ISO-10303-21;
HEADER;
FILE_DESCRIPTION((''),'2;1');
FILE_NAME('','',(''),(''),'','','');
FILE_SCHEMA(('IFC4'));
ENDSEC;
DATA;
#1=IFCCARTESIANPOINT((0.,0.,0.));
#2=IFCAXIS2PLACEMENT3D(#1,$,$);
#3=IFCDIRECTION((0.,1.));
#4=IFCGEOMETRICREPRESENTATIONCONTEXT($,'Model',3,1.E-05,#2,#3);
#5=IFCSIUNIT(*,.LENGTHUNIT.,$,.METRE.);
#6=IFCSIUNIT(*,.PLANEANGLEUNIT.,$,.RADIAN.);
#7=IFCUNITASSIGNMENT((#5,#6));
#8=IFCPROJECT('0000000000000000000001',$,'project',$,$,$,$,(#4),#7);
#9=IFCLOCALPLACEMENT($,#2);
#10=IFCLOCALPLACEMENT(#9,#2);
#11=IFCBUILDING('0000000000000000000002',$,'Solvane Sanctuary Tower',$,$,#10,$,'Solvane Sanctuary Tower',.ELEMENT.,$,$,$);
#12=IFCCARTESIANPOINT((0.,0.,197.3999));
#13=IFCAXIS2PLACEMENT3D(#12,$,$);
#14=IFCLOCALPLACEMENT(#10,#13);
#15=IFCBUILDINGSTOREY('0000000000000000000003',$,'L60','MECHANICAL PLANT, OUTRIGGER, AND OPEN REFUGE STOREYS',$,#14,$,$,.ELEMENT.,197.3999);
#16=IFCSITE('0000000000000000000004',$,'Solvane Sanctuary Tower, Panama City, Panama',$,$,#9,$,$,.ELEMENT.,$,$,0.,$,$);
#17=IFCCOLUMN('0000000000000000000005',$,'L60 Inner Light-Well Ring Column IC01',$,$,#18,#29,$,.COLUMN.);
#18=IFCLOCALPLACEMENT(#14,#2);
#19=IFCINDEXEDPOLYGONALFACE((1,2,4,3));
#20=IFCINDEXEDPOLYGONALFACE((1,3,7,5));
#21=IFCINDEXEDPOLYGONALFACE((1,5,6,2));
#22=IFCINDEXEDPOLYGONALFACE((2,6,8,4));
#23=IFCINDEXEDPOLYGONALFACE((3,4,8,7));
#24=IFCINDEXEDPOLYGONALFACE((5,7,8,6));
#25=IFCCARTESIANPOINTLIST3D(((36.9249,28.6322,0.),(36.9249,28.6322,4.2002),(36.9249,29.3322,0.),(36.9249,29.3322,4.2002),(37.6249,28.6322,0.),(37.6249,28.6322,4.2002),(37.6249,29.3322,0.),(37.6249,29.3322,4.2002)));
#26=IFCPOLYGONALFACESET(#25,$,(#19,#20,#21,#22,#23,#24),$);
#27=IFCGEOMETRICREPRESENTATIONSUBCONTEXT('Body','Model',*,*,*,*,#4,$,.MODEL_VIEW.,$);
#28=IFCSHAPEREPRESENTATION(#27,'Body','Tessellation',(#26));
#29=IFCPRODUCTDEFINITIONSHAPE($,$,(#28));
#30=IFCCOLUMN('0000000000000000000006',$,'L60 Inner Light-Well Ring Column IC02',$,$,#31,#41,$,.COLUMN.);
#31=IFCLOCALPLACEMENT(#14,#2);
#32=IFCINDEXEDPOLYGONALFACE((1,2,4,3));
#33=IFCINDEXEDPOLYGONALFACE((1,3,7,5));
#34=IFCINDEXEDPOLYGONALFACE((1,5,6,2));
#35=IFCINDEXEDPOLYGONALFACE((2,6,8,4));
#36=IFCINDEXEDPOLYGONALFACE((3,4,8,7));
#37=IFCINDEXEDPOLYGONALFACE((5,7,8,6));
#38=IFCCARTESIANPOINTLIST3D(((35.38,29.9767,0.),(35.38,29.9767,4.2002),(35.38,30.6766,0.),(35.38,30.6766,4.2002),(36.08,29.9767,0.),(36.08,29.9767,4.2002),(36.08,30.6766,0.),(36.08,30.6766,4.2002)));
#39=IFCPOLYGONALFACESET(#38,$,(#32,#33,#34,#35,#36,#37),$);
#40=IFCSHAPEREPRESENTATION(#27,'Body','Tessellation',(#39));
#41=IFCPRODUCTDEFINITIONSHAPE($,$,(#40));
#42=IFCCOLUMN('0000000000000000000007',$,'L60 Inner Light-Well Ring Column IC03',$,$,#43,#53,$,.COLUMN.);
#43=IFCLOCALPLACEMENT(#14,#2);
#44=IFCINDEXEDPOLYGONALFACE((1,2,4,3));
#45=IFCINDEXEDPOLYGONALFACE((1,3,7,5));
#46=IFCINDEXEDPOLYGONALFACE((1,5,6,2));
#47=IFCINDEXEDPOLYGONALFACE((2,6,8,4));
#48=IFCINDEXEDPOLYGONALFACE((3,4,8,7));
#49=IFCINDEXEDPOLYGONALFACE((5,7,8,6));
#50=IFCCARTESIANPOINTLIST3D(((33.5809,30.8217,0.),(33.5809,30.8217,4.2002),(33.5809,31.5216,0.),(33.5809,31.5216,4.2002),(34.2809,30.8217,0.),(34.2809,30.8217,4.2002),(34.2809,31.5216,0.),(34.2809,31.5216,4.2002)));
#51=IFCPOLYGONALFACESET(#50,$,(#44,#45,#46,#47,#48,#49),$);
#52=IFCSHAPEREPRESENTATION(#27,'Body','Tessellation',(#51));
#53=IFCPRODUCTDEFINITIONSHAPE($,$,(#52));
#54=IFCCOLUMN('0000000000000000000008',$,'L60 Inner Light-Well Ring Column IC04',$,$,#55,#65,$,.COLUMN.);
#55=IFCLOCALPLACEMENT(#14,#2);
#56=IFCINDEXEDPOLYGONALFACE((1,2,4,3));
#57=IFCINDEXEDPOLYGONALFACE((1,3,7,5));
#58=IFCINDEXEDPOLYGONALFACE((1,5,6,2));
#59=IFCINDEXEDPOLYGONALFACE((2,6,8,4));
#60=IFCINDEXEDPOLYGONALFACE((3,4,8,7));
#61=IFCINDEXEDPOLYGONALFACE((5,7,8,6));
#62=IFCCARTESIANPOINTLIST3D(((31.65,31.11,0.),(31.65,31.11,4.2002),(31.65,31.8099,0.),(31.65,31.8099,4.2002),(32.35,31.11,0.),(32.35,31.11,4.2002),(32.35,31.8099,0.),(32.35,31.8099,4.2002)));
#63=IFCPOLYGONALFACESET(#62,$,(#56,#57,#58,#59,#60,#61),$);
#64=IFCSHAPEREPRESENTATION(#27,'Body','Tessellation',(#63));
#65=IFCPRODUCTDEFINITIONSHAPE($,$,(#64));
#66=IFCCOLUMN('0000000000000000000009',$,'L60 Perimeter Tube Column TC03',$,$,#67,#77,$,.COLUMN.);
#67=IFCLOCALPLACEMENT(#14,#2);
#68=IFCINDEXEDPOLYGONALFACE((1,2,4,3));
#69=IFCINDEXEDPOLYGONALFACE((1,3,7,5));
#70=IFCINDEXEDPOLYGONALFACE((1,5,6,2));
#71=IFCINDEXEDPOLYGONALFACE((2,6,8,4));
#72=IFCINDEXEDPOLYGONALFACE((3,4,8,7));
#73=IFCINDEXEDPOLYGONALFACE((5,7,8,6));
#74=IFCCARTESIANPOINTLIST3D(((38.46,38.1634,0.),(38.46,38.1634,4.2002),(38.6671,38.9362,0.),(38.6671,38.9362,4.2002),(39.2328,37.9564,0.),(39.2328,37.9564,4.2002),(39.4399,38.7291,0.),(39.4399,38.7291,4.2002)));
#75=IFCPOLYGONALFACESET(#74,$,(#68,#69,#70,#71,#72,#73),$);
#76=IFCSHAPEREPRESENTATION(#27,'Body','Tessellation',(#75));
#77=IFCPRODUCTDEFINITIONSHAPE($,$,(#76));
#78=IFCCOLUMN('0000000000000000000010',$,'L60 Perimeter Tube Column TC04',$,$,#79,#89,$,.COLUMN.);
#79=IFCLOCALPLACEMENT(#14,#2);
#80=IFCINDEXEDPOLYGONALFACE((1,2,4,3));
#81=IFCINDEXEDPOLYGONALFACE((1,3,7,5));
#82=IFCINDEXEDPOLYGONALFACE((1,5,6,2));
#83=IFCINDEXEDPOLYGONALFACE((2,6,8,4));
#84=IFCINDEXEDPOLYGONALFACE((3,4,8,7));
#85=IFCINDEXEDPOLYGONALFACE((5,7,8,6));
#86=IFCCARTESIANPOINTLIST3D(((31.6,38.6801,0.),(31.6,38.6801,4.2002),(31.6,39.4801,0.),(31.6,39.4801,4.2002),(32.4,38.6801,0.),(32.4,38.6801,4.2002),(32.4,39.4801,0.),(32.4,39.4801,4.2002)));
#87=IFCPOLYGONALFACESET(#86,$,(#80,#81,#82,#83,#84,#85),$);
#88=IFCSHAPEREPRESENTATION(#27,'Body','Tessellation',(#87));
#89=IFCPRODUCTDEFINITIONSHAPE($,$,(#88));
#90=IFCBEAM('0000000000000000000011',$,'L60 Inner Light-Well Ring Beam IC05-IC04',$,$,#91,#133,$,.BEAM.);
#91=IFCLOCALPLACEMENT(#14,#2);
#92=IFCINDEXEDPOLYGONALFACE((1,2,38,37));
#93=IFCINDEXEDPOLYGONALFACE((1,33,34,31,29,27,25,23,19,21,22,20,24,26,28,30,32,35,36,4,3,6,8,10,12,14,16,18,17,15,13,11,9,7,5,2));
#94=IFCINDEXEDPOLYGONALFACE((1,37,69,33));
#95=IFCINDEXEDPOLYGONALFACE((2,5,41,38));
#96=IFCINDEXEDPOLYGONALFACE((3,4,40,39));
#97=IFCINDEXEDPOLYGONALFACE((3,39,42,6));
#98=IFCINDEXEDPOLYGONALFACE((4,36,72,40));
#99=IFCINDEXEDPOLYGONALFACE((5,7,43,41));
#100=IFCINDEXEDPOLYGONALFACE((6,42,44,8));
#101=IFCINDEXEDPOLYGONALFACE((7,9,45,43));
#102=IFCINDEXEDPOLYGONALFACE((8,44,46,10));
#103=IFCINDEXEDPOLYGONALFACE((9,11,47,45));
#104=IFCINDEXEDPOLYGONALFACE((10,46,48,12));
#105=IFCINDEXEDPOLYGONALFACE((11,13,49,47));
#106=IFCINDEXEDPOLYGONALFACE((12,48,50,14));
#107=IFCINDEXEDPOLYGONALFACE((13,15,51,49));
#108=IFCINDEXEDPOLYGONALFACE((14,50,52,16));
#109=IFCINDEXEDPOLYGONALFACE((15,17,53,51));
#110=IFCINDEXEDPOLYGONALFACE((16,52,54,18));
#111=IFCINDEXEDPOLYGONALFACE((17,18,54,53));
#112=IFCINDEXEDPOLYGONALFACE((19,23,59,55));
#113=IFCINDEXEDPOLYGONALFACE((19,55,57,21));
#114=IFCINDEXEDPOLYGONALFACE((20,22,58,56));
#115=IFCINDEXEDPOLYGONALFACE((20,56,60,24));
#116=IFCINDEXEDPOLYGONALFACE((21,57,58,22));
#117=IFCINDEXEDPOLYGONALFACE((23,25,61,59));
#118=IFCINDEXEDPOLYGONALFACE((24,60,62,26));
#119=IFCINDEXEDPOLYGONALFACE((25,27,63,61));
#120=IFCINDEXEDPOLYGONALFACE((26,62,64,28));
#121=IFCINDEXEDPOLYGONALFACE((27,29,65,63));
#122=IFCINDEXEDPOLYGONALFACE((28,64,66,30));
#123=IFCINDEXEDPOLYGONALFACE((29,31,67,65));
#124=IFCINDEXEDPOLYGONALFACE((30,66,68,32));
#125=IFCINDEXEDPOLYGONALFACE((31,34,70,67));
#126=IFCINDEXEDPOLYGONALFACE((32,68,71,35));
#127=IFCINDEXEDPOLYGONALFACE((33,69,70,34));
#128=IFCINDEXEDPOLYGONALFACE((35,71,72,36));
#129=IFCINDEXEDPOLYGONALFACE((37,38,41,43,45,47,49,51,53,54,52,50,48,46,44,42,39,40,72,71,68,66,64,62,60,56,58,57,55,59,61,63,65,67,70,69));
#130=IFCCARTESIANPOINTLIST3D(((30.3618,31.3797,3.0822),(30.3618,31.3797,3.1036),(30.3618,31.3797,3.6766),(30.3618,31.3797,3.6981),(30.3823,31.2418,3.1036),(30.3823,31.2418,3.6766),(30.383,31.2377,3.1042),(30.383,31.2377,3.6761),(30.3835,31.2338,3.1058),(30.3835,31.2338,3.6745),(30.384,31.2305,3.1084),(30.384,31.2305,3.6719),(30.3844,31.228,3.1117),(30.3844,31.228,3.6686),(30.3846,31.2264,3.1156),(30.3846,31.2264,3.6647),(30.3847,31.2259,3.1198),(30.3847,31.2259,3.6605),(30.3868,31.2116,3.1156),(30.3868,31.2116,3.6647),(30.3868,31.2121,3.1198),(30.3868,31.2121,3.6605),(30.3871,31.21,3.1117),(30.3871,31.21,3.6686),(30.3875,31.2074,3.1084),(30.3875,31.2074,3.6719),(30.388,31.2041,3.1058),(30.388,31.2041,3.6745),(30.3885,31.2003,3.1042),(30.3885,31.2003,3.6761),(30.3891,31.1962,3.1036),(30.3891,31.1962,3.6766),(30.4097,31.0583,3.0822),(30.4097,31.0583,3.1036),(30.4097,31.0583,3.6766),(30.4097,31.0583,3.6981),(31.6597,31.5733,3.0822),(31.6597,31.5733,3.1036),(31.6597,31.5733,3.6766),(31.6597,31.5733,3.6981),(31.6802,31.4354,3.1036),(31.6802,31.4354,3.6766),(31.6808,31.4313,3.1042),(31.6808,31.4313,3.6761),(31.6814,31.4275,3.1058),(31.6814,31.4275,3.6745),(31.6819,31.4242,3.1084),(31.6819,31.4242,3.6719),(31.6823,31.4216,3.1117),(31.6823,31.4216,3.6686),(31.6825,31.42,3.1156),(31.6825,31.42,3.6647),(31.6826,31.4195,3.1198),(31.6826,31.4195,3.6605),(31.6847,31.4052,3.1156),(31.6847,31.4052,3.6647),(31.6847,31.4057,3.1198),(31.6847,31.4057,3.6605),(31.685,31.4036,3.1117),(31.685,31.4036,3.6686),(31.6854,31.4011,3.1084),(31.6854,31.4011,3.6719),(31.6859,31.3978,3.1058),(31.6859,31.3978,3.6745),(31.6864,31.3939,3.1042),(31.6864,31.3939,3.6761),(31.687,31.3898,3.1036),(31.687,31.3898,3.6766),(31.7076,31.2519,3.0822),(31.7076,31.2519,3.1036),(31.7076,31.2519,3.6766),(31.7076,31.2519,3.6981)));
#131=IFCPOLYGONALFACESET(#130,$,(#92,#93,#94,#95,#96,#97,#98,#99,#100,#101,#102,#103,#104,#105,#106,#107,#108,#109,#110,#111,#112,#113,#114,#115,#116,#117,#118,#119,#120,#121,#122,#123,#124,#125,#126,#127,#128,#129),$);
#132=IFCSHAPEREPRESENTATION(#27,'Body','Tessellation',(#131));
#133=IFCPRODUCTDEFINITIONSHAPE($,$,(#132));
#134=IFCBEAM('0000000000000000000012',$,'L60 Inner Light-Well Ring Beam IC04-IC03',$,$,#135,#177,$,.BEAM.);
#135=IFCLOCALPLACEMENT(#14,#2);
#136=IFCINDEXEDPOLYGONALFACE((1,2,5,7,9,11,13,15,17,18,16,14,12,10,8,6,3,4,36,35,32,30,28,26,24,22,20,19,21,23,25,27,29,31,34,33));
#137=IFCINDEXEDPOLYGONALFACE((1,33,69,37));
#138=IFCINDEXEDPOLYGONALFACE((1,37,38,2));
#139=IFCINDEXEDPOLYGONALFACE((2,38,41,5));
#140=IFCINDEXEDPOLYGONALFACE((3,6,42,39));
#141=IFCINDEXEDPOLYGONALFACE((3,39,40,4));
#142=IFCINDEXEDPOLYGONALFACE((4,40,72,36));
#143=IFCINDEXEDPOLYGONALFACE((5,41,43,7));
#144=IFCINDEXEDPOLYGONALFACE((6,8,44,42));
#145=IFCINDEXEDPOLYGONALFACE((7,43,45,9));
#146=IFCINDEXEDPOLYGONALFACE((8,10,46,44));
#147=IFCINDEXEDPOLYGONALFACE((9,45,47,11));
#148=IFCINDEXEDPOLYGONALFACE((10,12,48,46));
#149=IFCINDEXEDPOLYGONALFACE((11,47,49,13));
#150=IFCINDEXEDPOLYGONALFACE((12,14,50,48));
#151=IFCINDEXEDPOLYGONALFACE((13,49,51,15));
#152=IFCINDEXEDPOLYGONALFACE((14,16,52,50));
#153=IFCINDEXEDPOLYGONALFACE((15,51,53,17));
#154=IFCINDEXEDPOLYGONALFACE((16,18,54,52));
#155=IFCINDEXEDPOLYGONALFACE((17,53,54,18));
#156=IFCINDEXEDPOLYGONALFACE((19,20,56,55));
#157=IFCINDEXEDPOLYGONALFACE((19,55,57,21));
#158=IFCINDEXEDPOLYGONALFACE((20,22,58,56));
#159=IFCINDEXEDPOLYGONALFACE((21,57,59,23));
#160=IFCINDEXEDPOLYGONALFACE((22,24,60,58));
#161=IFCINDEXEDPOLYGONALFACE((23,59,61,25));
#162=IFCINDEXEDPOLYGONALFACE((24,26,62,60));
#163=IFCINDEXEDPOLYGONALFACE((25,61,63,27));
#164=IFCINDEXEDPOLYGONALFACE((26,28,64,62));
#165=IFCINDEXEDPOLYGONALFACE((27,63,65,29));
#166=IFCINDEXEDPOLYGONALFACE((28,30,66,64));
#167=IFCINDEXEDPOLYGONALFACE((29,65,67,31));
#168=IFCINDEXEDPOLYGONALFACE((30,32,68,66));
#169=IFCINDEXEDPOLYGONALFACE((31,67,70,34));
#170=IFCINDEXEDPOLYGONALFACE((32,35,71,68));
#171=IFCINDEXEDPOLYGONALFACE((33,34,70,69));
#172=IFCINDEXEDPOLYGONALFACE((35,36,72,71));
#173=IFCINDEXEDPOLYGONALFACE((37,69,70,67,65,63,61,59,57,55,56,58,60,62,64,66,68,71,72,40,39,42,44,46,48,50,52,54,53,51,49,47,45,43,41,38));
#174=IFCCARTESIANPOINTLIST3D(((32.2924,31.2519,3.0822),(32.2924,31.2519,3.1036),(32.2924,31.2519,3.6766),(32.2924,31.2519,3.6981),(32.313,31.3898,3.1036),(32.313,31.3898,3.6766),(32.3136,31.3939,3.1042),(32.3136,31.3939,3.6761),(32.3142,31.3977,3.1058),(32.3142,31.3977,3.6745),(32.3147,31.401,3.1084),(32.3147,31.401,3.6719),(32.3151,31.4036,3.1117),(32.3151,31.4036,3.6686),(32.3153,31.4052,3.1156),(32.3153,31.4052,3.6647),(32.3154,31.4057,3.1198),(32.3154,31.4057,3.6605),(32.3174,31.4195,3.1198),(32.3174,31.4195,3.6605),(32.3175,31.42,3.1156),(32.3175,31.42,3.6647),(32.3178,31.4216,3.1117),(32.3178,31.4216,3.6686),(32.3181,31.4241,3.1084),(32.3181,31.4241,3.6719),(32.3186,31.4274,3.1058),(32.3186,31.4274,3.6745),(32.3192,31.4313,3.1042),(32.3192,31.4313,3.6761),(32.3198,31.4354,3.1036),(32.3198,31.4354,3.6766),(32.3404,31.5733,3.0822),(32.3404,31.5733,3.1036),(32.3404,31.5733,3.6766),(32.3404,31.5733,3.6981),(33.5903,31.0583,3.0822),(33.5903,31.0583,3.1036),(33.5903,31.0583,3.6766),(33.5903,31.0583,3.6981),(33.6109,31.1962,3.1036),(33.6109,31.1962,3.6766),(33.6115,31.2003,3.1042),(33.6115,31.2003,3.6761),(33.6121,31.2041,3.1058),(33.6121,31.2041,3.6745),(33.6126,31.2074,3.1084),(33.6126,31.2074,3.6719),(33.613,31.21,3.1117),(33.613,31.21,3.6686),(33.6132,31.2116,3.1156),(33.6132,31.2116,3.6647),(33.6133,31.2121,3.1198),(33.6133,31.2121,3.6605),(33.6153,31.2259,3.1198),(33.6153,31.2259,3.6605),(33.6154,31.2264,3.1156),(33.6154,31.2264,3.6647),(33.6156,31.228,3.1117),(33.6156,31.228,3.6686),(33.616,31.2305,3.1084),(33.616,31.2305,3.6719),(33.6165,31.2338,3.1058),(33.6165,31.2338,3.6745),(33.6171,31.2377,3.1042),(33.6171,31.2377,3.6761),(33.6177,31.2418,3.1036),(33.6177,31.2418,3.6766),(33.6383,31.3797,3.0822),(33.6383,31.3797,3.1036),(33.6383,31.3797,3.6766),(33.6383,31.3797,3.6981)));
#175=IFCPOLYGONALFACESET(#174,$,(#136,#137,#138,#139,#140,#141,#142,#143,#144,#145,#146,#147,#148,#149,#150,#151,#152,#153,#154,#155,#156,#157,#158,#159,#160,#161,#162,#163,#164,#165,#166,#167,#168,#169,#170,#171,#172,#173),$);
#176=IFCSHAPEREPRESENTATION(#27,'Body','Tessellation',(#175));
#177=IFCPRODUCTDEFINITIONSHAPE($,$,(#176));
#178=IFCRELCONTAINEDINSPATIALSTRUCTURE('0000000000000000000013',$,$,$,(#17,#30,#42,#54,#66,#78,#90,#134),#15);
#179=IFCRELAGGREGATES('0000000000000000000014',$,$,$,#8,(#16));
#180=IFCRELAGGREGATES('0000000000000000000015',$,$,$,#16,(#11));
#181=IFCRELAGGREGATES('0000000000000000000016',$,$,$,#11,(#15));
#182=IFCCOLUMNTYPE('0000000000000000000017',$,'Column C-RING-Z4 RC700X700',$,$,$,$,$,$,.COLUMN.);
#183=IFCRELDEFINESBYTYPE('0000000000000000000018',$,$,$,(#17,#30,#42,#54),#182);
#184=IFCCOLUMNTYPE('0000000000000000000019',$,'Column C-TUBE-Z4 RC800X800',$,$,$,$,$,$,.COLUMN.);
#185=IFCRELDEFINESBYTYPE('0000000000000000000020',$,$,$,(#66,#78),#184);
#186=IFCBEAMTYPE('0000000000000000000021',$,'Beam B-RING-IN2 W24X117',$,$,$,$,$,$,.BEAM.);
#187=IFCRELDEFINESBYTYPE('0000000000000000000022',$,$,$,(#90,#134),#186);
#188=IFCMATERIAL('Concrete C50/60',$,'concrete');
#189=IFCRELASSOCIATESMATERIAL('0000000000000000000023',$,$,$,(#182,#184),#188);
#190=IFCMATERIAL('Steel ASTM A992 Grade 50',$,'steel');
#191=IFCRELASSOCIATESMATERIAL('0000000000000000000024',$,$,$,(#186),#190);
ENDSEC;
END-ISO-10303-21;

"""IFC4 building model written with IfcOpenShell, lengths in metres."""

from ifc_helpers import new_model, si_unit, direction, frame, origin, origin_2d, place, context, subcontext, project, spatial, rectangle, i_section, extrude, material, material_profile, profile_set, type_object, element, save


model = new_model("IFC4")

# Units and contexts
model_context = context("Model", 3, precision=1e-05, world=origin(), true_north=direction((0.0, 1.0)))
body_context = subcontext(model_context, "Body", "Model", "MODEL_VIEW")
ifc_project = project(units=[si_unit("LENGTHUNIT", "METRE"), si_unit("PLANEANGLEUNIT", "RADIAN")], contexts=[model_context])

# Site, building, storey
site_placement = place(None, origin())
site = spatial("IfcSite", under=ifc_project, at=site_placement, Name="Solvane Sanctuary Tower, Panama City, Panama", CompositionType="ELEMENT", RefElevation=0.0)
building_placement = place(site_placement, origin())
building = spatial("IfcBuilding", under=site, at=building_placement, Name="Solvane Sanctuary Tower", LongName="Solvane Sanctuary Tower", CompositionType="ELEMENT")
storey_placement = place(building_placement, frame((0.0, 0.0, 197.3999)))
storey = spatial("IfcBuildingStorey", under=building, at=storey_placement, Name="L60", Description="MECHANICAL PLANT, OUTRIGGER, AND OPEN REFUGE STOREYS", CompositionType="ELEMENT", Elevation=197.3999)

# Columns
ifc_material_1 = material(Name="Concrete C50/60", Category="concrete")
ifc_material_profile_1 = material_profile(ifc_material_1, rectangle(XDim=0.7, YDim=0.7, at=origin_2d()), Name="RC700X700")
ifc_profile_set_1 = profile_set([ifc_material_profile_1], Name="Concrete C50/60")
column_type_1 = type_object("IfcColumnType", Name="Column C-RING-Z4 RC700X700", PredefinedType="COLUMN", material=ifc_profile_set_1)
for number, where, z_axis, x_axis, name in (
    (1, (37.2749, 28.9822, 0.0), (0.0, 0.0, 1.0), (1.0, 0.0, 0.0), "L60 Inner Light-Well Ring Column IC01"),
    (2, (35.73, 30.3267, 0.0), (0.0, 0.0, 1.0), (1.0, 0.0, 0.0), "L60 Inner Light-Well Ring Column IC02"),
    (3, (33.9309, 31.1716, 0.0), (0.0, 0.0, 1.0), (1.0, 0.0, 0.0), "L60 Inner Light-Well Ring Column IC03"),
    (4, (32.0, 31.46, 0.0), (0.0, 0.0, 1.0), (1.0, 0.0, 0.0), "L60 Inner Light-Well Ring Column IC04"),
):
    element("IfcColumn", number, at=place(storey_placement, frame(where, z_axis=z_axis, x_axis=x_axis)), inside=storey, type_object=column_type_1, Name=name, PredefinedType="COLUMN", context=body_context, shape_type="SweptSolid", body=[
        extrude(rectangle(XDim=0.7, YDim=0.7, at=origin_2d()), origin(), (0.0, 0.0, 1.0), 4.2002),
    ])
ifc_material_profile_2 = material_profile(ifc_material_1, rectangle(XDim=0.8, YDim=0.8, at=origin_2d()), Name="RC800X800")
ifc_profile_set_2 = profile_set([ifc_material_profile_2], Name="Concrete C50/60")
column_type_2 = type_object("IfcColumnType", Name="Column C-TUBE-Z4 RC800X800", PredefinedType="COLUMN", material=ifc_profile_set_2)
for number, where, z_axis, x_axis, name in (
    (5, (38.95, 38.4463, 0.0), (0.0, 0.0, 1.0), (0.258819, 0.965926, 0.0), "L60 Perimeter Tube Column TC03"),
    (6, (32.0, 39.0801, 0.0), (0.0, 0.0, 1.0), (0.0, 1.0, 0.0), "L60 Perimeter Tube Column TC04"),
):
    element("IfcColumn", number, at=place(storey_placement, frame(where, z_axis=z_axis, x_axis=x_axis)), inside=storey, type_object=column_type_2, Name=name, PredefinedType="COLUMN", context=body_context, shape_type="SweptSolid", body=[
        extrude(rectangle(XDim=0.8, YDim=0.8, at=origin_2d()), origin(), (0.0, 0.0, 1.0), 4.2002),
    ])

# Beams
ifc_material_2 = material(Name="Steel ASTM A992 Grade 50", Category="steel")
ifc_material_profile_3 = material_profile(ifc_material_2, i_section(OverallWidth=0.325, OverallDepth=0.616, WebThickness=0.0139, FlangeThickness=0.0215, FilletRadius=0.0161, at=origin_2d()), Name="W24X117")
ifc_profile_set_3 = profile_set([ifc_material_profile_3], Name="Steel ASTM A992 Grade 50")
beam_type_1 = type_object("IfcBeamType", Name="Beam B-RING-IN2 W24X117", PredefinedType="BEAM", material=ifc_profile_set_3)
for number, where, z_axis, x_axis, name in (
    (7, (30.3857, 31.219, 3.3901), (0.989056, 0.14754, 0.0), (-0.14754, 0.989056, 0.0), "L60 Inner Light-Well Ring Beam IC05-IC04"),
    (8, (32.3164, 31.4126, 3.3901), (0.989056, -0.14754, 0.0), (0.14754, 0.989056, 0.0), "L60 Inner Light-Well Ring Beam IC04-IC03"),
):
    element("IfcBeam", number, at=place(storey_placement, frame(where, z_axis=z_axis, x_axis=x_axis)), inside=storey, type_object=beam_type_1, Name=name, PredefinedType="BEAM", context=body_context, shape_type="SweptSolid", body=[
        extrude(i_section(OverallWidth=0.325, OverallDepth=0.616, WebThickness=0.0139, FlangeThickness=0.0215, FilletRadius=0.0161, at=origin_2d()), origin(), (0.0, 0.0, 1.0), 1.3123),
    ])

save(model, "model.ifc")
